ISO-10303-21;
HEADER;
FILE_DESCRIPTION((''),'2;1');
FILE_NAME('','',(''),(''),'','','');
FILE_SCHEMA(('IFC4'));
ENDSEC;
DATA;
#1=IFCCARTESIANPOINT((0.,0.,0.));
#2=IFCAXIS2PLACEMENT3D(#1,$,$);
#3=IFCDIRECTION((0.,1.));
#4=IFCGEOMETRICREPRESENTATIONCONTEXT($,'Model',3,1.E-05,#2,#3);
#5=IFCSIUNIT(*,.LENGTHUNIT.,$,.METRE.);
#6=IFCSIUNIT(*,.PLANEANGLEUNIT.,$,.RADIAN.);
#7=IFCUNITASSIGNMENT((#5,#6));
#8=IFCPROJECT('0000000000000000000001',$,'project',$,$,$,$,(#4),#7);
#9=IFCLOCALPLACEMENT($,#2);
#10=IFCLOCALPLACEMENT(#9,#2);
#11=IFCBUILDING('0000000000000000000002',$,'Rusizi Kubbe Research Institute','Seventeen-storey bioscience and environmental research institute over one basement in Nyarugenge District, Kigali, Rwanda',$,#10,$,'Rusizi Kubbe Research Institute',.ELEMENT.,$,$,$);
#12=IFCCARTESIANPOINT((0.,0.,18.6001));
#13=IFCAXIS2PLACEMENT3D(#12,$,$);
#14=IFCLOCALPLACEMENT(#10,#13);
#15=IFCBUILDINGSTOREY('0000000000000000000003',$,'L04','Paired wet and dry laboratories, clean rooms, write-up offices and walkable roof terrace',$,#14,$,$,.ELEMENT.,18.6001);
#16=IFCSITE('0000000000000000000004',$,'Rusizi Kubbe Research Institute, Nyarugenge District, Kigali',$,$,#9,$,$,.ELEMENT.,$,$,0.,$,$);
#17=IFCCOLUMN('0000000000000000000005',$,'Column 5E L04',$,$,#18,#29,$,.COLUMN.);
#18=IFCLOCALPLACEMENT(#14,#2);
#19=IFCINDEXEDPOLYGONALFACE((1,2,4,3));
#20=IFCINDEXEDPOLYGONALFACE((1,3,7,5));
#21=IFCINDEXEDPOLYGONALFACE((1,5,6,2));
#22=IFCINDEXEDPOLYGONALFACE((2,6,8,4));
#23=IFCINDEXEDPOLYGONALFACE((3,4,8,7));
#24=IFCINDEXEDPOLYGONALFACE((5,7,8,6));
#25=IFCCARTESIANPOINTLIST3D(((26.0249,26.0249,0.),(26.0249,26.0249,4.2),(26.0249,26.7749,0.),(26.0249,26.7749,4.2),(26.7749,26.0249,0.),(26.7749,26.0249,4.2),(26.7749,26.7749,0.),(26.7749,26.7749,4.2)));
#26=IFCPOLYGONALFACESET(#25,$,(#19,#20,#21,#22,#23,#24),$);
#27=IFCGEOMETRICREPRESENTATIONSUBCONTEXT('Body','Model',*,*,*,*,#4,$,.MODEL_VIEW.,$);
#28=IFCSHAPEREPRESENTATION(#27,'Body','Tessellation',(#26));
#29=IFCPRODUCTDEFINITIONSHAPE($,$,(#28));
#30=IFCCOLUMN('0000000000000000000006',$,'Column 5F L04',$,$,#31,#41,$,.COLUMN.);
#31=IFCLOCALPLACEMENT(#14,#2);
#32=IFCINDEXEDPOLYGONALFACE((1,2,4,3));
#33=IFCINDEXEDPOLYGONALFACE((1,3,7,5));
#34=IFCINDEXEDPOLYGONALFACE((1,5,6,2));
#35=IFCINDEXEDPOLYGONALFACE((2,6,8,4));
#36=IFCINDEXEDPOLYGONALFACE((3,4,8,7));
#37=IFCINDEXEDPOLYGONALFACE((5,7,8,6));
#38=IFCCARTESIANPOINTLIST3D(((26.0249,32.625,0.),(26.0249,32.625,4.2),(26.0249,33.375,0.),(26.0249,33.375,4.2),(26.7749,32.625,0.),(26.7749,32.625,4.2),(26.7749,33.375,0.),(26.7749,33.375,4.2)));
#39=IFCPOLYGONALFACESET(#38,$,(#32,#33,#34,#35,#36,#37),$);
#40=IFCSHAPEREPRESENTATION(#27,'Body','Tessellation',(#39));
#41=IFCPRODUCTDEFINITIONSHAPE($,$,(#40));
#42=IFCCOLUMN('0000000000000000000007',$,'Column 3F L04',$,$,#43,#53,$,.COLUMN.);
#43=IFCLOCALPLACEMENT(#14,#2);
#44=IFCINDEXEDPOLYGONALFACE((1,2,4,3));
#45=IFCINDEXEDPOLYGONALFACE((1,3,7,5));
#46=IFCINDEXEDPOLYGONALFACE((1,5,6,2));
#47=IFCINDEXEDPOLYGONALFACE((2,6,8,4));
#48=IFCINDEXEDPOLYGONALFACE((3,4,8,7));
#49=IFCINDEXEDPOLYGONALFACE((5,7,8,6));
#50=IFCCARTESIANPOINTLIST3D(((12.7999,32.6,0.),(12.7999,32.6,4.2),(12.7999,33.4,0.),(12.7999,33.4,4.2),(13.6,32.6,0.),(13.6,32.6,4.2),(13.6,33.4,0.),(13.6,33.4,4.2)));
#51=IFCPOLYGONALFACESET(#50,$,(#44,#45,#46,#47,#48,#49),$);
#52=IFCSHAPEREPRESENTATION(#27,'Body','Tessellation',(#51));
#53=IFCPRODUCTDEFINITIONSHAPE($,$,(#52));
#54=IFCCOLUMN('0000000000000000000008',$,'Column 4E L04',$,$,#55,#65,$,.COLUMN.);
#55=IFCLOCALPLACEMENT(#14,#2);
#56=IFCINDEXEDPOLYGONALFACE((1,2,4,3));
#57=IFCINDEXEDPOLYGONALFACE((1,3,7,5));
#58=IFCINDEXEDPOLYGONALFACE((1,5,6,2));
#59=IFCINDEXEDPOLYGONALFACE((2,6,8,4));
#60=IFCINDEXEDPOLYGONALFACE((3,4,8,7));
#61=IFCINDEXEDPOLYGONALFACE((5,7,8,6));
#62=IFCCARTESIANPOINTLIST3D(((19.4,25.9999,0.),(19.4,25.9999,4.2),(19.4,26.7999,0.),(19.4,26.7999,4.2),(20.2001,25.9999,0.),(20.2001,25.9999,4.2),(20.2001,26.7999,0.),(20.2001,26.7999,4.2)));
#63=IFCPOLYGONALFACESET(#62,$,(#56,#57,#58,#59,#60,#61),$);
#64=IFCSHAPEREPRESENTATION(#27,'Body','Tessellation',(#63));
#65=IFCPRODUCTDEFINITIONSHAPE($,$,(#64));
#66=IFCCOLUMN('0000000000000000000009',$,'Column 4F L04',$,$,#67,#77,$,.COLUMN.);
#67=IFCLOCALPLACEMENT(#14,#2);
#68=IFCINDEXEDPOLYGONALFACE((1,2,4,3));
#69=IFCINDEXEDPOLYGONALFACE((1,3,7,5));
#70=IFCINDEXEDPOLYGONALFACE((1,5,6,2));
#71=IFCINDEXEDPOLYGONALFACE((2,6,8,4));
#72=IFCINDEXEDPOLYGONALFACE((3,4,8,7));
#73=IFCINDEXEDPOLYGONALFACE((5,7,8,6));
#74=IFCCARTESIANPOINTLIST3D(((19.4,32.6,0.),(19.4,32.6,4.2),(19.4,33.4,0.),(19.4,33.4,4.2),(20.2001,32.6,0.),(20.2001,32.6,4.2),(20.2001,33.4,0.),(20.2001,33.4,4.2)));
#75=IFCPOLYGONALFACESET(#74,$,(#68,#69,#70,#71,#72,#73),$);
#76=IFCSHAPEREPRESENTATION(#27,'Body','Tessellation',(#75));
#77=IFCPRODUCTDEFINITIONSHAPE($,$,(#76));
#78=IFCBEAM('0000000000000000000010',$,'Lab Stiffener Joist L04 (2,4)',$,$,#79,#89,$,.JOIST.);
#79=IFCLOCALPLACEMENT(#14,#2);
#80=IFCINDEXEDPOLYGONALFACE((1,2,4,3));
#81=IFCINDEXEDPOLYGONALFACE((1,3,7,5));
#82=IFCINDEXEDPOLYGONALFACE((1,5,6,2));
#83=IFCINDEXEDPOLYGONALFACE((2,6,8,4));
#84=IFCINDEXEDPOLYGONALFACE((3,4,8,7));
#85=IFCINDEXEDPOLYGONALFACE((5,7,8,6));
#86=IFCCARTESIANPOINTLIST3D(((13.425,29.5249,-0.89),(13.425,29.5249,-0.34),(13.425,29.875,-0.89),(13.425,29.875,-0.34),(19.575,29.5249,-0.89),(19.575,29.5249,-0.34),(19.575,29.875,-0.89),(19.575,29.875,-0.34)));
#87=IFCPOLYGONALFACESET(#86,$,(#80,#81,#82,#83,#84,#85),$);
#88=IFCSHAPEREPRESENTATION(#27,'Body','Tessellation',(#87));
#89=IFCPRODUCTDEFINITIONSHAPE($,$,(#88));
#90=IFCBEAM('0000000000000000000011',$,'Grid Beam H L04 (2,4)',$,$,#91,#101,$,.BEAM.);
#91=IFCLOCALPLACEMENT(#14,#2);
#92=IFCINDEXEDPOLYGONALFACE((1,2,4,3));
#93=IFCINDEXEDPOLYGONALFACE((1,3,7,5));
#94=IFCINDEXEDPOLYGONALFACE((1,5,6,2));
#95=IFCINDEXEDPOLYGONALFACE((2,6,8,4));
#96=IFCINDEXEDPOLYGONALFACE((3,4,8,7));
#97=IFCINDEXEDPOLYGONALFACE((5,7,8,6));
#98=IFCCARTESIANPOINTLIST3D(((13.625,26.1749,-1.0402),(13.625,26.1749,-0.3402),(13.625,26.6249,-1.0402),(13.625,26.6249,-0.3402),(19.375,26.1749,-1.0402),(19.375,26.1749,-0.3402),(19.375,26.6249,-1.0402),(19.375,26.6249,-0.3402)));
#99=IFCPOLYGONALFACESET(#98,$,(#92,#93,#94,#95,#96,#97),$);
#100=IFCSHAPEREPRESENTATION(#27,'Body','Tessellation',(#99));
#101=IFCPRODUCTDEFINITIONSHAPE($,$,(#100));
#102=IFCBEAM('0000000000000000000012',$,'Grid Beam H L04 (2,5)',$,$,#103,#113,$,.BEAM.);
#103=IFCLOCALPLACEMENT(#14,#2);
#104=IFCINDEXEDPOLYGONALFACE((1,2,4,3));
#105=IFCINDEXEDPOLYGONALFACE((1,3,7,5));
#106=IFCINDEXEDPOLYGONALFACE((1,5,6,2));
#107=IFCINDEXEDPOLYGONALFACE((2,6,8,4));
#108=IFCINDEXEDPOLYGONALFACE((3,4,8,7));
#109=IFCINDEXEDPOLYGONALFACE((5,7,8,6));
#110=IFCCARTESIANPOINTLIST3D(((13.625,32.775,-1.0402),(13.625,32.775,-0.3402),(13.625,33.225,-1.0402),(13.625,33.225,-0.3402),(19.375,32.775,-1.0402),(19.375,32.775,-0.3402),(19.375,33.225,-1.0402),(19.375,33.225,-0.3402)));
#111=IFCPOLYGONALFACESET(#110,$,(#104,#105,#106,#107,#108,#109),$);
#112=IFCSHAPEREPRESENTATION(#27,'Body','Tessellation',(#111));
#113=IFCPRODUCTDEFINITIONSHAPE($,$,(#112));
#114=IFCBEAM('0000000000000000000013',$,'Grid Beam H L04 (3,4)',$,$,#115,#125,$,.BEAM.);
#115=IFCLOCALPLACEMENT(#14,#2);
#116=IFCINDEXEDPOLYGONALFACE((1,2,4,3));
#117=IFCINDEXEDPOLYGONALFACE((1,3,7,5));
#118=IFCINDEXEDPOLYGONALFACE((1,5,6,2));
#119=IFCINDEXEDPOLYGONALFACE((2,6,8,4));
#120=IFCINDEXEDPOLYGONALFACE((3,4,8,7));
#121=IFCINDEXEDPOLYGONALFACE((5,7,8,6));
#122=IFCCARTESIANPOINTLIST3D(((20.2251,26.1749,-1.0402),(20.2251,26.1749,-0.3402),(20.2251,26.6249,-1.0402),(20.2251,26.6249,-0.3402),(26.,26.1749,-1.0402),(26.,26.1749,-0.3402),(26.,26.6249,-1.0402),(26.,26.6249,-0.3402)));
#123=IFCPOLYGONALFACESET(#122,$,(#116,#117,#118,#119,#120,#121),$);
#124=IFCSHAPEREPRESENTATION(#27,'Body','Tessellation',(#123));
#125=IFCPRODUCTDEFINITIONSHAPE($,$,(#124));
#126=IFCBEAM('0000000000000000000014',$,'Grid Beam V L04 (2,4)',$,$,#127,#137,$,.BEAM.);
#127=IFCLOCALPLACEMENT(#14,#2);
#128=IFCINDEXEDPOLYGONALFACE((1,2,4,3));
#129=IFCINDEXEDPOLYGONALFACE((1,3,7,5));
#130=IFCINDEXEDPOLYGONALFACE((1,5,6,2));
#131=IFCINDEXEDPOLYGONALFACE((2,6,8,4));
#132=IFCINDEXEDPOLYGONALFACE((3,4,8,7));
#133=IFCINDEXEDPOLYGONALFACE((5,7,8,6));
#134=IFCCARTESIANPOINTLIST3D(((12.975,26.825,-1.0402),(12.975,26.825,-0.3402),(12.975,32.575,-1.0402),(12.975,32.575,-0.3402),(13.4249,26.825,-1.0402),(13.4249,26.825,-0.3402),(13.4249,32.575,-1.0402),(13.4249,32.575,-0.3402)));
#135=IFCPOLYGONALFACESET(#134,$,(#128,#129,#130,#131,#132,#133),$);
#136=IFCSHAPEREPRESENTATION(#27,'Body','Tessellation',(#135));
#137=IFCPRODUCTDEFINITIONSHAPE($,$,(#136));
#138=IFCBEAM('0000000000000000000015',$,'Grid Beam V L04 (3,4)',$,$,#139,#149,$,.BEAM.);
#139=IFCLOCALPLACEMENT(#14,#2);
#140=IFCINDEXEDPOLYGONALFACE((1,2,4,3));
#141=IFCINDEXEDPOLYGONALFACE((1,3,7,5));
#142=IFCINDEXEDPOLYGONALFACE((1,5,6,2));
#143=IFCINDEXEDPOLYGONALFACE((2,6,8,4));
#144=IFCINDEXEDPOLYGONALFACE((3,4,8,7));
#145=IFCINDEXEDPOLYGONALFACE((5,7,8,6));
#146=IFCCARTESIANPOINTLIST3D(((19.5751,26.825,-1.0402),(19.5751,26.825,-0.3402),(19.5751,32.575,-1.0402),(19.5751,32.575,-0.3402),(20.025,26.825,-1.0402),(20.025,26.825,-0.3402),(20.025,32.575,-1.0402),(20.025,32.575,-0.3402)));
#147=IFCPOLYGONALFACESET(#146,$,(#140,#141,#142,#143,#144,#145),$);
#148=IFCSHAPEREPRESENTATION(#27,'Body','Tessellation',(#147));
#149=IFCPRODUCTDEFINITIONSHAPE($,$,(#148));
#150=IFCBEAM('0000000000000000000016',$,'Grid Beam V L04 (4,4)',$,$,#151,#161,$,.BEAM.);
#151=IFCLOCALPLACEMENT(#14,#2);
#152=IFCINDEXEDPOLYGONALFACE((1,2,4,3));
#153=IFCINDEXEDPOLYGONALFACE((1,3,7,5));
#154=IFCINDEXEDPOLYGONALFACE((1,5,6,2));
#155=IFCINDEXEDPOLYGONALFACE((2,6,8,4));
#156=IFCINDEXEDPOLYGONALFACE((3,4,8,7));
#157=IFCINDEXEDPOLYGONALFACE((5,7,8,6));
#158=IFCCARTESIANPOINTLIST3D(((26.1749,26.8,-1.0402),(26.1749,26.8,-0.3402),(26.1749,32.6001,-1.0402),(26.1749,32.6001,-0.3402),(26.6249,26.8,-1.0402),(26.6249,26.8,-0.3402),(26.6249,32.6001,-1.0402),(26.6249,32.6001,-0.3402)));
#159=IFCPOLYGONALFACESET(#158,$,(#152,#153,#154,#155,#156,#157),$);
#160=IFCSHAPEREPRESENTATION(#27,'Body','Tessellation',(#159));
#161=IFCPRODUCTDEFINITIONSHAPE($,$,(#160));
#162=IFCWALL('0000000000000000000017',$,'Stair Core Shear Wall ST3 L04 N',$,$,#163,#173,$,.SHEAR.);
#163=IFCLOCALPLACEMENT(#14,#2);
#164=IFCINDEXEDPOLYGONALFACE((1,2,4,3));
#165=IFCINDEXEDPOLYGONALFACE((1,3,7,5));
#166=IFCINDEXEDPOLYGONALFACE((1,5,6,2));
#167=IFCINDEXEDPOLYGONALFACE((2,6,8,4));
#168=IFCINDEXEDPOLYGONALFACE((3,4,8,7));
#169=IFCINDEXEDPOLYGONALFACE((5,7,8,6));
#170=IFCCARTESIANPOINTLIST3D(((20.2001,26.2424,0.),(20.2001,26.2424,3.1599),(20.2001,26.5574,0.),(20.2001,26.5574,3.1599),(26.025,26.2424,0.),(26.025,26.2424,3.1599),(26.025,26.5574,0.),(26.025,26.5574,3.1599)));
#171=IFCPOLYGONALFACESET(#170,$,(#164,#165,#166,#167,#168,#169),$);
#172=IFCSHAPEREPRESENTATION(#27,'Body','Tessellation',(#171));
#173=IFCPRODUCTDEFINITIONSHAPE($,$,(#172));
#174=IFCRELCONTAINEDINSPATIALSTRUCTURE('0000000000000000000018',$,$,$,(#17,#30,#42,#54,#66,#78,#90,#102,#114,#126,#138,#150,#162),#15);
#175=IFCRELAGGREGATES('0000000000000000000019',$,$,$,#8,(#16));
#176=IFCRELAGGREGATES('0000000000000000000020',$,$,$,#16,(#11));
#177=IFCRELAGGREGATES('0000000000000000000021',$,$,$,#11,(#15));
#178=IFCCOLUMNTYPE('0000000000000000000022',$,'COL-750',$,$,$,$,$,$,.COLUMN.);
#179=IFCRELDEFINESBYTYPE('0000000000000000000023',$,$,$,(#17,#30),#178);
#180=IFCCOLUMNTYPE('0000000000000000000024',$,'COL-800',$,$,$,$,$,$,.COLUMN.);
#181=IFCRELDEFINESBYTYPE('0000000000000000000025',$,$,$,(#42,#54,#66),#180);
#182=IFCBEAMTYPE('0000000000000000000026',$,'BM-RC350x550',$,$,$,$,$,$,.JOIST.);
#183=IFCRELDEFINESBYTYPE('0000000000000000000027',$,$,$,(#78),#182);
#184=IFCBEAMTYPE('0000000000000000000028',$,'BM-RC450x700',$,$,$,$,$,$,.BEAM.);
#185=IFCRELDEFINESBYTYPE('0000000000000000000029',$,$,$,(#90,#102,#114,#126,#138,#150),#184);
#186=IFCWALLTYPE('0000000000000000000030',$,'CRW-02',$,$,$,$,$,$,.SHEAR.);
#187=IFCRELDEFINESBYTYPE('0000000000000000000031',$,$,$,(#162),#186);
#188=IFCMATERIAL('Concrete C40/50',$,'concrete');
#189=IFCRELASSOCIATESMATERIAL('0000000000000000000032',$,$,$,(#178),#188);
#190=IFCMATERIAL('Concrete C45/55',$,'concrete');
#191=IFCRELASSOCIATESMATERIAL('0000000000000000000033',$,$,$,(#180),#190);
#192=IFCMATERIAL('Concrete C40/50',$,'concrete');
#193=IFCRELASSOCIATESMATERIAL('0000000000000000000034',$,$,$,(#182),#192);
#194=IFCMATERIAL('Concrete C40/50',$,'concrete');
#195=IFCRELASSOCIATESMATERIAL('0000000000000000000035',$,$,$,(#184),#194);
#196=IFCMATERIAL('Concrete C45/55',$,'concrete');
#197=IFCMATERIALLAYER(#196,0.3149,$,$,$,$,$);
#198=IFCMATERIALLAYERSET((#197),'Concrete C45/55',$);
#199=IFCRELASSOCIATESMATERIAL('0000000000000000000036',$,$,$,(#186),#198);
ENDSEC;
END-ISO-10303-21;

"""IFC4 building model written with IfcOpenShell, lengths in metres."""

from ifc_helpers import new_model, si_unit, direction, frame, frame_2d, origin, origin_2d, place, context, subcontext, project, spatial, rectangle, extrude, material, layer, layer_set, material_profile, profile_set, type_object, element, save


model = new_model("IFC4")

# Units and contexts
model_context = context("Model", 3, precision=1e-05, world=origin(), true_north=direction((0.0, 1.0)))
body_context = subcontext(model_context, "Body", "Model", "MODEL_VIEW")
ifc_project = project(units=[si_unit("LENGTHUNIT", "METRE"), si_unit("PLANEANGLEUNIT", "RADIAN")], contexts=[model_context])

# Site, building, storey
site_placement = place(None, origin())
site = spatial("IfcSite", under=ifc_project, at=site_placement, Name="Rusizi Kubbe Research Institute, Nyarugenge District, Kigali", CompositionType="ELEMENT", RefElevation=0.0)
building_placement = place(site_placement, origin())
building = spatial("IfcBuilding", under=site, at=building_placement, Name="Rusizi Kubbe Research Institute", Description="Seventeen-storey bioscience and environmental research institute over one basement in Nyarugenge District, Kigali, Rwanda", LongName="Rusizi Kubbe Research Institute", CompositionType="ELEMENT")
storey_placement = place(building_placement, frame((0.0, 0.0, 18.6001)))
storey = spatial("IfcBuildingStorey", under=building, at=storey_placement, Name="L04", Description="Paired wet and dry laboratories, clean rooms, write-up offices and walkable roof terrace", CompositionType="ELEMENT", Elevation=18.6001)

# Columns
ifc_material_1 = material(Name="Concrete C40/50", Category="concrete")
ifc_material_profile_1 = material_profile(ifc_material_1, rectangle(XDim=0.75, YDim=0.75, at=origin_2d()), Name="RC750x750")
ifc_profile_set_1 = profile_set([ifc_material_profile_1], Name="Concrete C40/50")
column_type_1 = type_object("IfcColumnType", Name="COL-750", PredefinedType="COLUMN", material=ifc_profile_set_1)
for number, where, z_axis, x_axis, name in (
    (1, (26.3999, 26.3999, 0.0), (0.0, 0.0, 1.0), (1.0, 0.0, 0.0), "Column 5E L04"),
    (2, (26.3999, 33.0, 0.0), (0.0, 0.0, 1.0), (1.0, 0.0, 0.0), "Column 5F L04"),
):
    element("IfcColumn", number, at=place(storey_placement, frame(where, z_axis=z_axis, x_axis=x_axis)), inside=storey, type_object=column_type_1, Name=name, PredefinedType="COLUMN", context=body_context, shape_type="SweptSolid", body=[
        extrude(rectangle(XDim=0.75, YDim=0.75, at=origin_2d()), origin(), (0.0, 0.0, 1.0), 4.2),
    ])
ifc_material_2 = material(Name="Concrete C45/55", Category="concrete")
ifc_material_profile_2 = material_profile(ifc_material_2, rectangle(XDim=0.8, YDim=0.8, at=origin_2d()), Name="RC800x800")
ifc_profile_set_2 = profile_set([ifc_material_profile_2], Name="Concrete C45/55")
column_type_2 = type_object("IfcColumnType", Name="COL-800", PredefinedType="COLUMN", material=ifc_profile_set_2)
for number, where, z_axis, x_axis, name in (
    (3, (13.2, 33.0, 0.0), (0.0, 0.0, 1.0), (1.0, 0.0, 0.0), "Column 3F L04"),
    (4, (19.8, 26.3999, 0.0), (0.0, 0.0, 1.0), (1.0, 0.0, 0.0), "Column 4E L04"),
    (5, (19.8, 33.0, 0.0), (0.0, 0.0, 1.0), (1.0, 0.0, 0.0), "Column 4F L04"),
):
    element("IfcColumn", number, at=place(storey_placement, frame(where, z_axis=z_axis, x_axis=x_axis)), inside=storey, type_object=column_type_2, Name=name, PredefinedType="COLUMN", context=body_context, shape_type="SweptSolid", body=[
        extrude(rectangle(XDim=0.8, YDim=0.8, at=origin_2d()), origin(), (0.0, 0.0, 1.0), 4.2),
    ])

# Beams
ifc_material_3 = material(Name="Concrete C40/50", Category="concrete")
ifc_material_profile_3 = material_profile(ifc_material_3, rectangle(XDim=0.3501, YDim=0.55, at=origin_2d()), Name="RC350x550")
ifc_profile_set_3 = profile_set([ifc_material_profile_3], Name="Concrete C40/50")
beam_type_1 = type_object("IfcBeamType", Name="BM-RC350x550", PredefinedType="JOIST", material=ifc_profile_set_3)
beam_1_placement = place(storey_placement, frame((13.425, 29.7, -0.615), z_axis=(1.0, 0.0, 0.0), x_axis=(0.0, 1.0, 0.0)))
element("IfcBeam", 6, at=beam_1_placement, inside=storey, type_object=beam_type_1, Name="Lab Stiffener Joist L04 (2,4)", PredefinedType="JOIST", context=body_context, shape_type="SweptSolid", body=[
    extrude(rectangle(XDim=0.3501, YDim=0.55, at=origin_2d()), origin(), (0.0, 0.0, 1.0), 6.1499),
])
ifc_material_4 = material(Name="Concrete C40/50", Category="concrete")
ifc_material_profile_4 = material_profile(ifc_material_4, rectangle(XDim=0.45, YDim=0.7, at=origin_2d()), Name="RC450x700B")
ifc_profile_set_4 = profile_set([ifc_material_profile_4], Name="Concrete C40/50")
beam_type_2 = type_object("IfcBeamType", Name="BM-RC450x700", PredefinedType="BEAM", material=ifc_profile_set_4)
for number, where, z_axis, x_axis, name in (
    (7, (13.625, 26.3999, -0.6902), (1.0, 0.0, 0.0), (0.0, 1.0, 0.0), "Grid Beam H L04 (2,4)"),
    (8, (13.625, 33.0, -0.6902), (1.0, 0.0, 0.0), (0.0, 1.0, 0.0), "Grid Beam H L04 (2,5)"),
):
    element("IfcBeam", number, at=place(storey_placement, frame(where, z_axis=z_axis, x_axis=x_axis)), inside=storey, type_object=beam_type_2, Name=name, PredefinedType="BEAM", context=body_context, shape_type="SweptSolid", body=[
        extrude(rectangle(XDim=0.45, YDim=0.7, at=origin_2d()), origin(), (0.0, 0.0, 1.0), 5.75),
    ])
beam_2_placement = place(storey_placement, frame((20.2251, 26.3999, -0.6902), z_axis=(1.0, 0.0, 0.0), x_axis=(0.0, 1.0, 0.0)))
element("IfcBeam", 9, at=beam_2_placement, inside=storey, type_object=beam_type_2, Name="Grid Beam H L04 (3,4)", PredefinedType="BEAM", context=body_context, shape_type="SweptSolid", body=[
    extrude(rectangle(XDim=0.45, YDim=0.7, at=origin_2d()), origin(), (0.0, 0.0, 1.0), 5.7749),
])
for number, where, z_axis, x_axis, name in (
    (10, (13.2, 26.825, -0.6902), (0.0, 1.0, 0.0), (-1.0, 0.0, 0.0), "Grid Beam V L04 (2,4)"),
    (11, (19.8, 26.825, -0.6902), (0.0, 1.0, 0.0), (-1.0, 0.0, 0.0), "Grid Beam V L04 (3,4)"),
):
    element("IfcBeam", number, at=place(storey_placement, frame(where, z_axis=z_axis, x_axis=x_axis)), inside=storey, type_object=beam_type_2, Name=name, PredefinedType="BEAM", context=body_context, shape_type="SweptSolid", body=[
        extrude(rectangle(XDim=0.45, YDim=0.7, at=origin_2d()), origin(), (0.0, 0.0, 1.0), 5.75),
    ])
beam_3_placement = place(storey_placement, frame((26.3999, 26.8, -0.6902), z_axis=(0.0, 1.0, 0.0), x_axis=(-1.0, 0.0, 0.0)))
element("IfcBeam", 12, at=beam_3_placement, inside=storey, type_object=beam_type_2, Name="Grid Beam V L04 (4,4)", PredefinedType="BEAM", context=body_context, shape_type="SweptSolid", body=[
    extrude(rectangle(XDim=0.45, YDim=0.7, at=origin_2d()), origin(), (0.0, 0.0, 1.0), 5.8),
])

# Wall
ifc_material_5 = material(Name="Concrete C45/55", Category="concrete")
ifc_layer_1 = layer(ifc_material_5, 0.3149)
ifc_layer_set_1 = layer_set([ifc_layer_1], Name="Concrete C45/55")
wall_type_1 = type_object("IfcWallType", Name="CRW-02", PredefinedType="SHEAR", material=ifc_layer_set_1)
wall_1_placement = place(storey_placement, frame((20.2, 26.3999, 0.0), z_axis=(0.0, 0.0, 1.0), x_axis=(1.0, 0.0, 0.0)))
element("IfcWall", 13, at=wall_1_placement, inside=storey, type_object=wall_type_1, Name="Stair Core Shear Wall ST3 L04 N", PredefinedType="SHEAR", context=body_context, shape_type="SweptSolid", body=[
    extrude(rectangle(XDim=5.825, YDim=0.3149, at=frame_2d((2.9126, 0.0))), origin(), (0.0, 0.0, 1.0), 3.1599),
])

save(model, "model.ifc")
